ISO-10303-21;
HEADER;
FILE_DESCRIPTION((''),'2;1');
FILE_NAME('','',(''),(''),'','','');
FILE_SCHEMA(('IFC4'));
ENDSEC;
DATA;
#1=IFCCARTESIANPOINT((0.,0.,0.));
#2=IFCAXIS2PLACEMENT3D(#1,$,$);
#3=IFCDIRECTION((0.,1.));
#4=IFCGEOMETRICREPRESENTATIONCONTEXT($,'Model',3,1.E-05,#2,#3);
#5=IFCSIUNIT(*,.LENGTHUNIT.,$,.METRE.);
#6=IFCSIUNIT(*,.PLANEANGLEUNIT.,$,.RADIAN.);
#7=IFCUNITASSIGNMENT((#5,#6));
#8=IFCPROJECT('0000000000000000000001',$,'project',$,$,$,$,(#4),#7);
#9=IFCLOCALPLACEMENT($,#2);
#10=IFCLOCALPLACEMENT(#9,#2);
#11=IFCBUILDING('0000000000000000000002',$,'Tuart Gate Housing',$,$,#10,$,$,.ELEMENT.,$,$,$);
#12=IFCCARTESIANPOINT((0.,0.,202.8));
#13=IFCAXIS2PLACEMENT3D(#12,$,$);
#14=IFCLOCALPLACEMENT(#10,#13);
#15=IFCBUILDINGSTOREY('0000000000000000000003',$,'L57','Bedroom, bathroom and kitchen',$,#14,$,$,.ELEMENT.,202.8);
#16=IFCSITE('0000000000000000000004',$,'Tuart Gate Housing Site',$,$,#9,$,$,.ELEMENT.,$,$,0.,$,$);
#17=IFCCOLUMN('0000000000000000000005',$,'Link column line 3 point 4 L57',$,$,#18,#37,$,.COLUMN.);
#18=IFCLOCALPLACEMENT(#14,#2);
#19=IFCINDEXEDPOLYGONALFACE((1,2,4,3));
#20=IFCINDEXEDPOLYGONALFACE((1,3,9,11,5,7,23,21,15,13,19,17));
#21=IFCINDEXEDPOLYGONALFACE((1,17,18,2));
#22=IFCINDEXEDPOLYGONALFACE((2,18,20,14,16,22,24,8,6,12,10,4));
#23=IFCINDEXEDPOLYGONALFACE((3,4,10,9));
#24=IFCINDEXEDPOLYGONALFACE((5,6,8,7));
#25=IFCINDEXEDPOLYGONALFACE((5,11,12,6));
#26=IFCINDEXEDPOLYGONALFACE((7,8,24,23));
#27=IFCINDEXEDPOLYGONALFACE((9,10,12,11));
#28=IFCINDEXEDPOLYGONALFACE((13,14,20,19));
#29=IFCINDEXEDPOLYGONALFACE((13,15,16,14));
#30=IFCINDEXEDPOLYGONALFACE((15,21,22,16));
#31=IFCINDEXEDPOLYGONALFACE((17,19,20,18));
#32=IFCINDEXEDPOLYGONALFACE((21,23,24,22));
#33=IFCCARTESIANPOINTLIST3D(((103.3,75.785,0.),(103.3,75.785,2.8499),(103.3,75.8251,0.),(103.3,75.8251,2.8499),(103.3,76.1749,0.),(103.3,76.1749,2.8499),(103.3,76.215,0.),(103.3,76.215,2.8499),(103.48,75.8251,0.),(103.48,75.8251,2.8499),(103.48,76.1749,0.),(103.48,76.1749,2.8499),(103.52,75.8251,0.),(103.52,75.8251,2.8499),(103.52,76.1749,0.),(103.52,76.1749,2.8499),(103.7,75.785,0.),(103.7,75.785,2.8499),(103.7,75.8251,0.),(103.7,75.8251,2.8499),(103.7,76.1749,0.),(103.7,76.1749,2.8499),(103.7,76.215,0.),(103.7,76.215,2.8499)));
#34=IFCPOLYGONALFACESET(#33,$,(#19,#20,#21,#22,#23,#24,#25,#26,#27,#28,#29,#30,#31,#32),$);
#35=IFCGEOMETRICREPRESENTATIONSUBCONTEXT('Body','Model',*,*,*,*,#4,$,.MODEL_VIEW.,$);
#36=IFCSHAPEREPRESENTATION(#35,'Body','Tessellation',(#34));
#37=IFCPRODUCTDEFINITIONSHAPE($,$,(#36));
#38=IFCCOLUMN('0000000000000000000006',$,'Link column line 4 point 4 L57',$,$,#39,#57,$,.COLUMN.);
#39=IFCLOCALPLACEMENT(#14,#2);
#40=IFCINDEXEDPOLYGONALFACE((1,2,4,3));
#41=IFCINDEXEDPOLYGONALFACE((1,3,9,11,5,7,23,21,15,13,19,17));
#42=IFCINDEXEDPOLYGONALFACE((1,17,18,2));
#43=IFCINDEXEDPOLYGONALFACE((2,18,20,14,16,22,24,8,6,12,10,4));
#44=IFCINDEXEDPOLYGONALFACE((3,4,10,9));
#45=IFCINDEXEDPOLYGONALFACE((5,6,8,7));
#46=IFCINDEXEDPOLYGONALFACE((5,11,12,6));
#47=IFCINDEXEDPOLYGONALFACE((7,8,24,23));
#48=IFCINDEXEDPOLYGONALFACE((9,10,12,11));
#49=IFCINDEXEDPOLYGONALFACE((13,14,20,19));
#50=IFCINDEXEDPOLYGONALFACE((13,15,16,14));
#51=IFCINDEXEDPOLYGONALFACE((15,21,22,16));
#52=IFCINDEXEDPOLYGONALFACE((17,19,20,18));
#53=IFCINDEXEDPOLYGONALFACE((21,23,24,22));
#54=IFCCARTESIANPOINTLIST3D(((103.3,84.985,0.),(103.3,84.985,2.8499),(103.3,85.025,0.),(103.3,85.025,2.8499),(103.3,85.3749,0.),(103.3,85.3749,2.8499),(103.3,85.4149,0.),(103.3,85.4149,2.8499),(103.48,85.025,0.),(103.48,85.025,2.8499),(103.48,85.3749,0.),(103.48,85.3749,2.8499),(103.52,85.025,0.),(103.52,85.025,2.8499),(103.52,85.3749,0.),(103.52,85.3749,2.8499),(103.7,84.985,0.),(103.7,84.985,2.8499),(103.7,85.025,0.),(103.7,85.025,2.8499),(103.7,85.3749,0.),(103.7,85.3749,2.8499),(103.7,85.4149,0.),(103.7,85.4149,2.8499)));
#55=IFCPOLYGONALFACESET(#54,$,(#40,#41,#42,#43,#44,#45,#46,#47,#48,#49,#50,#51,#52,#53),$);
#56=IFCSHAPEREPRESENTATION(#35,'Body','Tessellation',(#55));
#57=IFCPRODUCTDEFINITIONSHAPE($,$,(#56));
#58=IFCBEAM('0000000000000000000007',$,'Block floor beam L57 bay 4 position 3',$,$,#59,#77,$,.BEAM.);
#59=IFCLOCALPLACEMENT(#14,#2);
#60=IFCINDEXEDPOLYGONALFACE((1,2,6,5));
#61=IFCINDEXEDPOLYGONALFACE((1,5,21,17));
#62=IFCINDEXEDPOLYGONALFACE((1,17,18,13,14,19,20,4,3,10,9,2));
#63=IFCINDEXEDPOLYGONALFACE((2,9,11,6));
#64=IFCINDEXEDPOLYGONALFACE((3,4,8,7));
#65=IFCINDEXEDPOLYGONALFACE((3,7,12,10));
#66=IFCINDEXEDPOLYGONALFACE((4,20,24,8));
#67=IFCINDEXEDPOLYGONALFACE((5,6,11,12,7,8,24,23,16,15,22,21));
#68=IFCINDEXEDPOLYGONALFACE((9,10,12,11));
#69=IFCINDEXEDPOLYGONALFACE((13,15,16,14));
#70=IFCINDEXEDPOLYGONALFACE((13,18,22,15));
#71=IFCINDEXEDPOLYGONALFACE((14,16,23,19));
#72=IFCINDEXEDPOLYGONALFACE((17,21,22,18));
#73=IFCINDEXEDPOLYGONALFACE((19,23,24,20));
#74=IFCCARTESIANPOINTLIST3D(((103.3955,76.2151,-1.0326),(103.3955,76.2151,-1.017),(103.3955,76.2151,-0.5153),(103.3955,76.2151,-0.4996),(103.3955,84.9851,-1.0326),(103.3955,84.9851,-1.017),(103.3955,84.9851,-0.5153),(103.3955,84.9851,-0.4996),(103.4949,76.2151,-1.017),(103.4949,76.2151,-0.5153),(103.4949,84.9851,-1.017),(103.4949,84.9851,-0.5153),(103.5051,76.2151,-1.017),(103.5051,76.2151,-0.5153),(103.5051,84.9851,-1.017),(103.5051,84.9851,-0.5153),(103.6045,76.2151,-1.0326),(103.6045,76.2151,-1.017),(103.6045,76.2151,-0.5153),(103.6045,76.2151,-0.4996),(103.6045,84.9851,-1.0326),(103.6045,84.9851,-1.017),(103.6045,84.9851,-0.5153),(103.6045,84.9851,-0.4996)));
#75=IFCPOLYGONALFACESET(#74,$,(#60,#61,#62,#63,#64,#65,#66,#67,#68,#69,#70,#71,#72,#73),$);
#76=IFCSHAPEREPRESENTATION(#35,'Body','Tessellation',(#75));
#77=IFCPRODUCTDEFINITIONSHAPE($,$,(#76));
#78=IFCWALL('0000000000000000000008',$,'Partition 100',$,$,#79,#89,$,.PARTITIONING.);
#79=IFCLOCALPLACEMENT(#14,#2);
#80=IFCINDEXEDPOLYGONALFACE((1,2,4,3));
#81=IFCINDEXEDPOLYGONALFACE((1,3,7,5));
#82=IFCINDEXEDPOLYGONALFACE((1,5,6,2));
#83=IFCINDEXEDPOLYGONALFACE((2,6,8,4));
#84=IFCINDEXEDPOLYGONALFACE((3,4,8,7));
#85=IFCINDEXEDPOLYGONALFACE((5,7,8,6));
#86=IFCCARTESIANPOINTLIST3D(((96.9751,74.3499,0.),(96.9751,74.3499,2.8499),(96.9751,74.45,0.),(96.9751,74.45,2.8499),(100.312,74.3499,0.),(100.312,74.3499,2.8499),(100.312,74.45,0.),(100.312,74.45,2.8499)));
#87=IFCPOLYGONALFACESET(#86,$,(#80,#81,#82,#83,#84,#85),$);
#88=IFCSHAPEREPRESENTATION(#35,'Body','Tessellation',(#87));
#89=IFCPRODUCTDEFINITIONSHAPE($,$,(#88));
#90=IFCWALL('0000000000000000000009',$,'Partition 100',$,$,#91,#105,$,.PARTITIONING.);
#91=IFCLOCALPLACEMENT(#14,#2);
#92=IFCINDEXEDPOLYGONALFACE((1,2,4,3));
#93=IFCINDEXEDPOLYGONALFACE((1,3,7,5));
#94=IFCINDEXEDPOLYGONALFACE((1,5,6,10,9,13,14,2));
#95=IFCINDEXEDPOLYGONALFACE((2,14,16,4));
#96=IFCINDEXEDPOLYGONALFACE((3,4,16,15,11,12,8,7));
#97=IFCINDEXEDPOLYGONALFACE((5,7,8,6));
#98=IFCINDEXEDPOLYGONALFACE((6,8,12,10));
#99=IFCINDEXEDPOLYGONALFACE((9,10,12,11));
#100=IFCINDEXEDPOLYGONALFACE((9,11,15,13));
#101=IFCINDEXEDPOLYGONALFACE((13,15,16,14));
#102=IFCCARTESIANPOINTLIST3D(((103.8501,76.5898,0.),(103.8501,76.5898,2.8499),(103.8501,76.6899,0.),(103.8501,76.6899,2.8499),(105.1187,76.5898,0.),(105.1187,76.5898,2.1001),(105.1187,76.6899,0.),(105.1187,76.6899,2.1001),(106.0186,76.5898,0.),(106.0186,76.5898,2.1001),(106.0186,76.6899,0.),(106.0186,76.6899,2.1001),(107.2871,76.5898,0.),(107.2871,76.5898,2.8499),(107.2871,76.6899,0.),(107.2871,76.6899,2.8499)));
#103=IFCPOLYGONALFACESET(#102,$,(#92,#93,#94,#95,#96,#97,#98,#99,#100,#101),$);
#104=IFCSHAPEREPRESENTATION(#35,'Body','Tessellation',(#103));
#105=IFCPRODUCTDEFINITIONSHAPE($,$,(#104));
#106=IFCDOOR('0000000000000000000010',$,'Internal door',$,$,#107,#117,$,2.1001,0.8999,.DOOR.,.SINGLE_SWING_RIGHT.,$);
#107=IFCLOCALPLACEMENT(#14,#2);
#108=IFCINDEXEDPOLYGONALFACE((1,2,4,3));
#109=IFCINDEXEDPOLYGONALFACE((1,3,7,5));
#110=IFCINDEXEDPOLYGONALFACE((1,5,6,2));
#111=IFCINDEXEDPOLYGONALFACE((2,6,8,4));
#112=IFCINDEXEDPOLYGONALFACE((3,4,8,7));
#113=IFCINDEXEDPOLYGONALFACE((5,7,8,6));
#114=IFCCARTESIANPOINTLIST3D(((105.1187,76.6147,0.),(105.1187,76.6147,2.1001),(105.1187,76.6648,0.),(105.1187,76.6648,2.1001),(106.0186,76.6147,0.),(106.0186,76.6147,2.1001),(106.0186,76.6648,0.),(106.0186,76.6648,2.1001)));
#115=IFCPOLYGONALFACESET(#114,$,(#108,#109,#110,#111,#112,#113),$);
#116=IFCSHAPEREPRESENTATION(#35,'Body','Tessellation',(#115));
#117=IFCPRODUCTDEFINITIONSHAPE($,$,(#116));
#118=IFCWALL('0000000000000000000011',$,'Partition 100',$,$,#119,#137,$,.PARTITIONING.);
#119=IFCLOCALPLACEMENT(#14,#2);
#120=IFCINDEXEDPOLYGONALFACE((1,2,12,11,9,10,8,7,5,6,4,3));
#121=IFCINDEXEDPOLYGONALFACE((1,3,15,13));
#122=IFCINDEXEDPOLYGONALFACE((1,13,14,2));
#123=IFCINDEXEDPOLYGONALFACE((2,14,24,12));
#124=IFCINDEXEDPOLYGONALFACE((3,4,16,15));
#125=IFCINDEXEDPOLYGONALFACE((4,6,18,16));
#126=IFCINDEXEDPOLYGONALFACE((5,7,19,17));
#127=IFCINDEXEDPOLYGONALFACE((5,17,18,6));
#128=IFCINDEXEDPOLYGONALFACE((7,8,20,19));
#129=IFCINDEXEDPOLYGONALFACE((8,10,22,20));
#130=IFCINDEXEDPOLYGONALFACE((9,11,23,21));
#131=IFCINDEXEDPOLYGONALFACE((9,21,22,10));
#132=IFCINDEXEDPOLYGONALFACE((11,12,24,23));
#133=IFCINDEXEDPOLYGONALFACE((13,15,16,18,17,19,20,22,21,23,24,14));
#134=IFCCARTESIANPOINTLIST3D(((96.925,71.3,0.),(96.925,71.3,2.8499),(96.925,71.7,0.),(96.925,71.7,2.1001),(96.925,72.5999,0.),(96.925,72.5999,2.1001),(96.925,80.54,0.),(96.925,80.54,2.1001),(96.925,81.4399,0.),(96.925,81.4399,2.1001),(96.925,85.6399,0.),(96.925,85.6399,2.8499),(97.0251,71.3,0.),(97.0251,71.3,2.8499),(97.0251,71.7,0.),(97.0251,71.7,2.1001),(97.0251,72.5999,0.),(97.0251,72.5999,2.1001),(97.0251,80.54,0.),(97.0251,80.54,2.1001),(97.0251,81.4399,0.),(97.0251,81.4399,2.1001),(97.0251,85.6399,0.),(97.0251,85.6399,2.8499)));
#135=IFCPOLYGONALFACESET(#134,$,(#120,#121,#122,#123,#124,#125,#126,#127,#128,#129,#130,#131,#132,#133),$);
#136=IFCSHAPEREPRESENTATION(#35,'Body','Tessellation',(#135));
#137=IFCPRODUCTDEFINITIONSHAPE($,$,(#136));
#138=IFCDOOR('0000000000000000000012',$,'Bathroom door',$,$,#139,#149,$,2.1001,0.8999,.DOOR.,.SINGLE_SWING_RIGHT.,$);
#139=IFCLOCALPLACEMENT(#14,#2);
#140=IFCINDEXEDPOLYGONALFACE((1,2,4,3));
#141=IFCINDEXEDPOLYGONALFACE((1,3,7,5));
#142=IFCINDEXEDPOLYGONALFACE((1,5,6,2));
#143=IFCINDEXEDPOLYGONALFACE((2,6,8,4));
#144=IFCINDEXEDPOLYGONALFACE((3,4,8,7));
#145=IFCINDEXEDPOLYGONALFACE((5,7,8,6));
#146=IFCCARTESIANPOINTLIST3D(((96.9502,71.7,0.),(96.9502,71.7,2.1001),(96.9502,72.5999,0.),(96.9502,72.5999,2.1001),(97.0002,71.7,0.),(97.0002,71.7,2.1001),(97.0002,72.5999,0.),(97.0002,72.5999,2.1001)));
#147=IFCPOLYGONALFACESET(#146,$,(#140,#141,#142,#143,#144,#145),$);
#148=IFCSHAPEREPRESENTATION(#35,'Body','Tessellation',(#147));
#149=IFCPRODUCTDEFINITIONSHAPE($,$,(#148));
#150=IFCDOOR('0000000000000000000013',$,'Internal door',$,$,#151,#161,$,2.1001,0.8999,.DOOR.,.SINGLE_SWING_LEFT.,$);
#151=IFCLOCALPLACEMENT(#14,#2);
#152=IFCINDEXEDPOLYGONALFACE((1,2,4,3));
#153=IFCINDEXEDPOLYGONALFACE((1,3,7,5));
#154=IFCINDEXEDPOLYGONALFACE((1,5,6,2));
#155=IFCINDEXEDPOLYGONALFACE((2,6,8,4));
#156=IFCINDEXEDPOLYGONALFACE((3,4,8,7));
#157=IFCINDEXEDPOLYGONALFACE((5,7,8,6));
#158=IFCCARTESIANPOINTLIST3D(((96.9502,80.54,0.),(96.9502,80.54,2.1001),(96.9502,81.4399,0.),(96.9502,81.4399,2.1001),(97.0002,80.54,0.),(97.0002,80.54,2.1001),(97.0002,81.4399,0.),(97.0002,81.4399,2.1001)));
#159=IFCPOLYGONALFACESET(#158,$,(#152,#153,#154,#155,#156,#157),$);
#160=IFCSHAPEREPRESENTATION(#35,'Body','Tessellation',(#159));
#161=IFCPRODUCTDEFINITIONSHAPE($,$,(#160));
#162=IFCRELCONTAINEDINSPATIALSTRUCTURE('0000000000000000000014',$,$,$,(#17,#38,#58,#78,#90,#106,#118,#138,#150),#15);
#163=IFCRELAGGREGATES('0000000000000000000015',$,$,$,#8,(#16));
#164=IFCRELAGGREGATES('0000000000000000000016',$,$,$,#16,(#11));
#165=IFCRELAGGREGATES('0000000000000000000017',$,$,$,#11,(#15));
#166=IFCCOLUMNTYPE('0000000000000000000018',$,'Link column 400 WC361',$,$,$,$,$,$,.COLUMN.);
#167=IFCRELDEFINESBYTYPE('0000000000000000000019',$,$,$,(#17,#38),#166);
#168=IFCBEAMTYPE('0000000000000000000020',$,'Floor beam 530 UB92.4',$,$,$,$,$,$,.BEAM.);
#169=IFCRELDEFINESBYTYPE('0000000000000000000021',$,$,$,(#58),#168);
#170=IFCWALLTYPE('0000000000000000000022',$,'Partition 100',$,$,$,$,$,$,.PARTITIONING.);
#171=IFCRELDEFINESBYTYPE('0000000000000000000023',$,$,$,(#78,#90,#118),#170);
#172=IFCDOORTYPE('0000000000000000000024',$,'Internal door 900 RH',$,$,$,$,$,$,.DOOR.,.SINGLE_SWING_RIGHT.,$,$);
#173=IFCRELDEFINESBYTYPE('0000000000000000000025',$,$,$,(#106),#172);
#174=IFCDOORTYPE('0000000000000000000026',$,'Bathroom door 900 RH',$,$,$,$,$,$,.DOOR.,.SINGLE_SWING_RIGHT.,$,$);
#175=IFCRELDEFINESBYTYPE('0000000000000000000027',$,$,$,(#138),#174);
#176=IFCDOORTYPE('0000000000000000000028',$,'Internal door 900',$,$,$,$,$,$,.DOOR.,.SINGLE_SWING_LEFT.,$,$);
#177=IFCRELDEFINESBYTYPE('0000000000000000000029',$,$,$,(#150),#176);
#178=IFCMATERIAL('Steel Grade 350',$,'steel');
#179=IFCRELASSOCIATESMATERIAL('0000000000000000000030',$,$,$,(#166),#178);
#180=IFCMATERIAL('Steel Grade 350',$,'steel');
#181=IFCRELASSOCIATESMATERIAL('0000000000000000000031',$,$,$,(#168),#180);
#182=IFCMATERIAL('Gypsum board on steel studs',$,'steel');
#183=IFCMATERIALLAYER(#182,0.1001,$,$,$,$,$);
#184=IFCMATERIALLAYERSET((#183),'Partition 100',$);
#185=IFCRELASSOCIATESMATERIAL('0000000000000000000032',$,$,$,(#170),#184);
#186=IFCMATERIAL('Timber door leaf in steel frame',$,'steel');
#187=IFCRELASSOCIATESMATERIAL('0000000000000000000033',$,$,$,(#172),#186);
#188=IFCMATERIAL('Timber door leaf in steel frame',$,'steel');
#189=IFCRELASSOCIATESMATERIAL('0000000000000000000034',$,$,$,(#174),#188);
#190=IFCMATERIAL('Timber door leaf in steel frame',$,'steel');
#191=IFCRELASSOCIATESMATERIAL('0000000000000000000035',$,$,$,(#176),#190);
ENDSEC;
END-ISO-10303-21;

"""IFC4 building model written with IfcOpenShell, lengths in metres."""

from ifc_helpers import new_model, si_unit, direction, frame, frame_2d, origin, origin_2d, place, context, subcontext, project, spatial, rectangle, i_section, extrude, material, layer, layer_set, material_profile, profile_set, type_object, element, fill, save


model = new_model("IFC4")

# Units and contexts
model_context = context("Model", 3, precision=1e-05, world=origin(), true_north=direction((0.0, 1.0)))
body_context = subcontext(model_context, "Body", "Model", "MODEL_VIEW")
ifc_project = project(units=[si_unit("LENGTHUNIT", "METRE"), si_unit("PLANEANGLEUNIT", "RADIAN")], contexts=[model_context])

# Site, building, storey
site_placement = place(None, origin())
site = spatial("IfcSite", under=ifc_project, at=site_placement, Name="Tuart Gate Housing Site", CompositionType="ELEMENT", RefElevation=0.0)
building_placement = place(site_placement, origin())
building = spatial("IfcBuilding", under=site, at=building_placement, Name="Tuart Gate Housing", CompositionType="ELEMENT")
storey_placement = place(building_placement, frame((0.0, 0.0, 202.8)))
storey = spatial("IfcBuildingStorey", under=building, at=storey_placement, Name="L57", Description="Bedroom, bathroom and kitchen", CompositionType="ELEMENT", Elevation=202.8)

# Columns
ifc_material_1 = material(Name="Steel Grade 350", Category="steel")
ifc_material_profile_1 = material_profile(ifc_material_1, i_section(OverallWidth=0.3999, OverallDepth=0.4299, WebThickness=0.04, FlangeThickness=0.04, at=origin_2d()), Name="400WC361")
ifc_profile_set_1 = profile_set([ifc_material_profile_1], Name="Steel Grade 350")
column_type = type_object("IfcColumnType", Name="Link column 400 WC361", PredefinedType="COLUMN", material=ifc_profile_set_1)
for number, where, z_axis, x_axis, name in (
    (1, (103.5, 76.0, 0.0), (0.0, 0.0, 1.0), (1.0, 0.0, 0.0), "Link column line 3 point 4 L57"),
    (2, (103.5, 85.2, 0.0), (0.0, 0.0, 1.0), (1.0, 0.0, 0.0), "Link column line 4 point 4 L57"),
):
    element("IfcColumn", number, at=place(storey_placement, frame(where, z_axis=z_axis, x_axis=x_axis)), inside=storey, type_object=column_type, Name=name, PredefinedType="COLUMN", context=body_context, shape_type="SweptSolid", body=[
        extrude(i_section(OverallWidth=0.3999, OverallDepth=0.4299, WebThickness=0.04, FlangeThickness=0.04, at=origin_2d()), origin(), (0.0, 0.0, 1.0), 2.8499),
    ])

# Beam
ifc_material_2 = material(Name="Steel Grade 350", Category="steel")
ifc_material_profile_2 = material_profile(ifc_material_2, i_section(OverallWidth=0.209, OverallDepth=0.533, WebThickness=0.0103, FlangeThickness=0.0156, at=origin_2d()), Name="530UB92.4")
ifc_profile_set_2 = profile_set([ifc_material_profile_2], Name="Steel Grade 350")
beam_type = type_object("IfcBeamType", Name="Floor beam 530 UB92.4", PredefinedType="BEAM", material=ifc_profile_set_2)
beam_placement = place(storey_placement, frame((103.5, 76.2151, -0.7661), z_axis=(0.0, 1.0, 0.0), x_axis=(-1.0, 0.0, 0.0)))
element("IfcBeam", 3, at=beam_placement, inside=storey, type_object=beam_type, Name="Block floor beam L57 bay 4 position 3", PredefinedType="BEAM", context=body_context, shape_type="SweptSolid", body=[
    extrude(i_section(OverallWidth=0.209, OverallDepth=0.533, WebThickness=0.0103, FlangeThickness=0.0156, at=origin_2d()), origin(), (0.0, 0.0, 1.0), 8.77),
])

# Wall
ifc_material_3 = material(Name="Gypsum board on steel studs", Category="steel")
ifc_layer_1 = layer(ifc_material_3, 0.1001)
ifc_layer_set_1 = layer_set([ifc_layer_1], Name="Partition 100")
wall_type_1 = type_object("IfcWallType", Name="Partition 100", PredefinedType="PARTITIONING", material=ifc_layer_set_1)
wall_1_placement = place(storey_placement, frame((96.9751, 74.3999, 0.0), z_axis=(0.0, 0.0, 1.0), x_axis=(1.0, 0.0, 0.0)))
element("IfcWall", 4, at=wall_1_placement, inside=storey, type_object=wall_type_1, Name="Partition 100", PredefinedType="PARTITIONING", context=body_context, shape_type="SweptSolid", body=[
    extrude(rectangle(XDim=3.3369, YDim=0.1001, at=frame_2d((1.6685, 0.0))), origin(), (0.0, 0.0, 1.0), 2.8499),
])

# Wall, opening, door
wall_2_placement = place(storey_placement, frame((103.8501, 76.6399, 0.0), z_axis=(0.0, 0.0, 1.0), x_axis=(1.0, 0.0, 0.0)))
wall_2 = element("IfcWall", 5, at=wall_2_placement, inside=storey, type_object=wall_type_1, Name="Partition 100", PredefinedType="PARTITIONING", context=body_context, shape_type="SweptSolid", body=[
    extrude(rectangle(XDim=3.437, YDim=0.1001, at=frame_2d((1.7185, 0.0))), origin(), (0.0, 0.0, 1.0), 2.8499),
])
opening_1_placement = place(wall_2_placement, frame((1.2686, 0.0, 0.0)))
opening_1 = element("IfcOpeningElement", 6, at=opening_1_placement, cuts=wall_2, PredefinedType="OPENING", context=body_context, shape_type="SweptSolid", body=[
    extrude(rectangle(XDim=0.8999, YDim=2.1001, at=frame_2d((0.45, 1.05))), frame((0.0, 0.0601, 0.0), z_axis=(0.0, -1.0, 0.0), x_axis=(1.0, 0.0, 0.0)), (0.0, 0.0, 1.0), 0.1201),
])
ifc_material_4 = material(Name="Timber door leaf in steel frame", Category="steel")
door_type_1 = type_object("IfcDoorType", Name="Internal door 900 RH", OperationType="SINGLE_SWING_RIGHT", PredefinedType="DOOR", material=ifc_material_4)
door_1_placement = place(opening_1_placement, frame((0.8999, 0.0, 0.0), z_axis=(0.0, 0.0, 1.0), x_axis=(-1.0, 0.0, 0.0)))
door_1 = element("IfcDoor", 7, at=door_1_placement, inside=storey, type_object=door_type_1, Name="Internal door", OperationType="SINGLE_SWING_RIGHT", OverallHeight=2.1001, OverallWidth=0.8999, PredefinedType="DOOR", context=body_context, shape_type="SweptSolid", body=[
    extrude(rectangle(XDim=0.8999, YDim=2.1001, at=frame_2d((0.45, 1.05))), frame((0.0, 0.0251, 0.0), z_axis=(0.0, -1.0, 0.0), x_axis=(1.0, 0.0, 0.0)), (0.0, 0.0, 1.0), 0.05),
])
fill(opening_1, door_1)

# Wall, openings, doors
wall_3_placement = place(storey_placement, frame((96.9751, 71.3, 0.0), z_axis=(0.0, 0.0, 1.0), x_axis=(0.0, 1.0, 0.0)))
wall_3 = element("IfcWall", 8, at=wall_3_placement, inside=storey, type_object=wall_type_1, Name="Partition 100", PredefinedType="PARTITIONING", context=body_context, shape_type="SweptSolid", body=[
    extrude(rectangle(XDim=14.3398, YDim=0.1001, at=frame_2d((7.1699, 0.0))), origin(), (0.0, 0.0, 1.0), 2.8499),
])
opening_2_placement = place(wall_3_placement, frame((9.24, 0.0, 0.0)))
opening_2 = element("IfcOpeningElement", 9, at=opening_2_placement, cuts=wall_3, PredefinedType="OPENING", context=body_context, shape_type="SweptSolid", body=[
    extrude(rectangle(XDim=0.8999, YDim=2.1001, at=frame_2d((0.45, 1.05))), frame((0.0, 0.0601, 0.0), z_axis=(0.0, -1.0, 0.0), x_axis=(1.0, 0.0, 0.0)), (0.0, 0.0, 1.0), 0.1201),
])
opening_3_placement = place(wall_3_placement, frame((0.3999, 0.0, 0.0)))
opening_3 = element("IfcOpeningElement", 10, at=opening_3_placement, cuts=wall_3, PredefinedType="OPENING", context=body_context, shape_type="SweptSolid", body=[
    extrude(rectangle(XDim=0.8999, YDim=2.1001, at=frame_2d((0.45, 1.05))), frame((0.0, 0.0601, 0.0), z_axis=(0.0, -1.0, 0.0), x_axis=(1.0, 0.0, 0.0)), (0.0, 0.0, 1.0), 0.1201),
])
ifc_material_5 = material(Name="Timber door leaf in steel frame", Category="steel")
door_type_2 = type_object("IfcDoorType", Name="Bathroom door 900 RH", OperationType="SINGLE_SWING_RIGHT", PredefinedType="DOOR", material=ifc_material_5)
door_2_placement = place(opening_3_placement, frame((0.8999, 0.0, 0.0), z_axis=(0.0, 0.0, 1.0), x_axis=(-1.0, 0.0, 0.0)))
door_2 = element("IfcDoor", 11, at=door_2_placement, inside=storey, type_object=door_type_2, Name="Bathroom door", OperationType="SINGLE_SWING_RIGHT", OverallHeight=2.1001, OverallWidth=0.8999, PredefinedType="DOOR", context=body_context, shape_type="SweptSolid", body=[
    extrude(rectangle(XDim=0.8999, YDim=2.1001, at=frame_2d((0.45, 1.05))), frame((0.0, 0.0251, 0.0), z_axis=(0.0, -1.0, 0.0), x_axis=(1.0, 0.0, 0.0)), (0.0, 0.0, 1.0), 0.05),
])
fill(opening_3, door_2)
ifc_material_6 = material(Name="Timber door leaf in steel frame", Category="steel")
door_type_3 = type_object("IfcDoorType", Name="Internal door 900", OperationType="SINGLE_SWING_LEFT", PredefinedType="DOOR", material=ifc_material_6)
door_3_placement = place(opening_2_placement, frame((0.8999, 0.0, 0.0), z_axis=(0.0, 0.0, 1.0), x_axis=(-1.0, 0.0, 0.0)))
door_3 = element("IfcDoor", 12, at=door_3_placement, inside=storey, type_object=door_type_3, Name="Internal door", OperationType="SINGLE_SWING_LEFT", OverallHeight=2.1001, OverallWidth=0.8999, PredefinedType="DOOR", context=body_context, shape_type="SweptSolid", body=[
    extrude(rectangle(XDim=0.8999, YDim=2.1001, at=frame_2d((0.45, 1.05))), frame((0.0, 0.0251, 0.0), z_axis=(0.0, -1.0, 0.0), x_axis=(1.0, 0.0, 0.0)), (0.0, 0.0, 1.0), 0.05),
])
fill(opening_2, door_3)

save(model, "model.ifc")
